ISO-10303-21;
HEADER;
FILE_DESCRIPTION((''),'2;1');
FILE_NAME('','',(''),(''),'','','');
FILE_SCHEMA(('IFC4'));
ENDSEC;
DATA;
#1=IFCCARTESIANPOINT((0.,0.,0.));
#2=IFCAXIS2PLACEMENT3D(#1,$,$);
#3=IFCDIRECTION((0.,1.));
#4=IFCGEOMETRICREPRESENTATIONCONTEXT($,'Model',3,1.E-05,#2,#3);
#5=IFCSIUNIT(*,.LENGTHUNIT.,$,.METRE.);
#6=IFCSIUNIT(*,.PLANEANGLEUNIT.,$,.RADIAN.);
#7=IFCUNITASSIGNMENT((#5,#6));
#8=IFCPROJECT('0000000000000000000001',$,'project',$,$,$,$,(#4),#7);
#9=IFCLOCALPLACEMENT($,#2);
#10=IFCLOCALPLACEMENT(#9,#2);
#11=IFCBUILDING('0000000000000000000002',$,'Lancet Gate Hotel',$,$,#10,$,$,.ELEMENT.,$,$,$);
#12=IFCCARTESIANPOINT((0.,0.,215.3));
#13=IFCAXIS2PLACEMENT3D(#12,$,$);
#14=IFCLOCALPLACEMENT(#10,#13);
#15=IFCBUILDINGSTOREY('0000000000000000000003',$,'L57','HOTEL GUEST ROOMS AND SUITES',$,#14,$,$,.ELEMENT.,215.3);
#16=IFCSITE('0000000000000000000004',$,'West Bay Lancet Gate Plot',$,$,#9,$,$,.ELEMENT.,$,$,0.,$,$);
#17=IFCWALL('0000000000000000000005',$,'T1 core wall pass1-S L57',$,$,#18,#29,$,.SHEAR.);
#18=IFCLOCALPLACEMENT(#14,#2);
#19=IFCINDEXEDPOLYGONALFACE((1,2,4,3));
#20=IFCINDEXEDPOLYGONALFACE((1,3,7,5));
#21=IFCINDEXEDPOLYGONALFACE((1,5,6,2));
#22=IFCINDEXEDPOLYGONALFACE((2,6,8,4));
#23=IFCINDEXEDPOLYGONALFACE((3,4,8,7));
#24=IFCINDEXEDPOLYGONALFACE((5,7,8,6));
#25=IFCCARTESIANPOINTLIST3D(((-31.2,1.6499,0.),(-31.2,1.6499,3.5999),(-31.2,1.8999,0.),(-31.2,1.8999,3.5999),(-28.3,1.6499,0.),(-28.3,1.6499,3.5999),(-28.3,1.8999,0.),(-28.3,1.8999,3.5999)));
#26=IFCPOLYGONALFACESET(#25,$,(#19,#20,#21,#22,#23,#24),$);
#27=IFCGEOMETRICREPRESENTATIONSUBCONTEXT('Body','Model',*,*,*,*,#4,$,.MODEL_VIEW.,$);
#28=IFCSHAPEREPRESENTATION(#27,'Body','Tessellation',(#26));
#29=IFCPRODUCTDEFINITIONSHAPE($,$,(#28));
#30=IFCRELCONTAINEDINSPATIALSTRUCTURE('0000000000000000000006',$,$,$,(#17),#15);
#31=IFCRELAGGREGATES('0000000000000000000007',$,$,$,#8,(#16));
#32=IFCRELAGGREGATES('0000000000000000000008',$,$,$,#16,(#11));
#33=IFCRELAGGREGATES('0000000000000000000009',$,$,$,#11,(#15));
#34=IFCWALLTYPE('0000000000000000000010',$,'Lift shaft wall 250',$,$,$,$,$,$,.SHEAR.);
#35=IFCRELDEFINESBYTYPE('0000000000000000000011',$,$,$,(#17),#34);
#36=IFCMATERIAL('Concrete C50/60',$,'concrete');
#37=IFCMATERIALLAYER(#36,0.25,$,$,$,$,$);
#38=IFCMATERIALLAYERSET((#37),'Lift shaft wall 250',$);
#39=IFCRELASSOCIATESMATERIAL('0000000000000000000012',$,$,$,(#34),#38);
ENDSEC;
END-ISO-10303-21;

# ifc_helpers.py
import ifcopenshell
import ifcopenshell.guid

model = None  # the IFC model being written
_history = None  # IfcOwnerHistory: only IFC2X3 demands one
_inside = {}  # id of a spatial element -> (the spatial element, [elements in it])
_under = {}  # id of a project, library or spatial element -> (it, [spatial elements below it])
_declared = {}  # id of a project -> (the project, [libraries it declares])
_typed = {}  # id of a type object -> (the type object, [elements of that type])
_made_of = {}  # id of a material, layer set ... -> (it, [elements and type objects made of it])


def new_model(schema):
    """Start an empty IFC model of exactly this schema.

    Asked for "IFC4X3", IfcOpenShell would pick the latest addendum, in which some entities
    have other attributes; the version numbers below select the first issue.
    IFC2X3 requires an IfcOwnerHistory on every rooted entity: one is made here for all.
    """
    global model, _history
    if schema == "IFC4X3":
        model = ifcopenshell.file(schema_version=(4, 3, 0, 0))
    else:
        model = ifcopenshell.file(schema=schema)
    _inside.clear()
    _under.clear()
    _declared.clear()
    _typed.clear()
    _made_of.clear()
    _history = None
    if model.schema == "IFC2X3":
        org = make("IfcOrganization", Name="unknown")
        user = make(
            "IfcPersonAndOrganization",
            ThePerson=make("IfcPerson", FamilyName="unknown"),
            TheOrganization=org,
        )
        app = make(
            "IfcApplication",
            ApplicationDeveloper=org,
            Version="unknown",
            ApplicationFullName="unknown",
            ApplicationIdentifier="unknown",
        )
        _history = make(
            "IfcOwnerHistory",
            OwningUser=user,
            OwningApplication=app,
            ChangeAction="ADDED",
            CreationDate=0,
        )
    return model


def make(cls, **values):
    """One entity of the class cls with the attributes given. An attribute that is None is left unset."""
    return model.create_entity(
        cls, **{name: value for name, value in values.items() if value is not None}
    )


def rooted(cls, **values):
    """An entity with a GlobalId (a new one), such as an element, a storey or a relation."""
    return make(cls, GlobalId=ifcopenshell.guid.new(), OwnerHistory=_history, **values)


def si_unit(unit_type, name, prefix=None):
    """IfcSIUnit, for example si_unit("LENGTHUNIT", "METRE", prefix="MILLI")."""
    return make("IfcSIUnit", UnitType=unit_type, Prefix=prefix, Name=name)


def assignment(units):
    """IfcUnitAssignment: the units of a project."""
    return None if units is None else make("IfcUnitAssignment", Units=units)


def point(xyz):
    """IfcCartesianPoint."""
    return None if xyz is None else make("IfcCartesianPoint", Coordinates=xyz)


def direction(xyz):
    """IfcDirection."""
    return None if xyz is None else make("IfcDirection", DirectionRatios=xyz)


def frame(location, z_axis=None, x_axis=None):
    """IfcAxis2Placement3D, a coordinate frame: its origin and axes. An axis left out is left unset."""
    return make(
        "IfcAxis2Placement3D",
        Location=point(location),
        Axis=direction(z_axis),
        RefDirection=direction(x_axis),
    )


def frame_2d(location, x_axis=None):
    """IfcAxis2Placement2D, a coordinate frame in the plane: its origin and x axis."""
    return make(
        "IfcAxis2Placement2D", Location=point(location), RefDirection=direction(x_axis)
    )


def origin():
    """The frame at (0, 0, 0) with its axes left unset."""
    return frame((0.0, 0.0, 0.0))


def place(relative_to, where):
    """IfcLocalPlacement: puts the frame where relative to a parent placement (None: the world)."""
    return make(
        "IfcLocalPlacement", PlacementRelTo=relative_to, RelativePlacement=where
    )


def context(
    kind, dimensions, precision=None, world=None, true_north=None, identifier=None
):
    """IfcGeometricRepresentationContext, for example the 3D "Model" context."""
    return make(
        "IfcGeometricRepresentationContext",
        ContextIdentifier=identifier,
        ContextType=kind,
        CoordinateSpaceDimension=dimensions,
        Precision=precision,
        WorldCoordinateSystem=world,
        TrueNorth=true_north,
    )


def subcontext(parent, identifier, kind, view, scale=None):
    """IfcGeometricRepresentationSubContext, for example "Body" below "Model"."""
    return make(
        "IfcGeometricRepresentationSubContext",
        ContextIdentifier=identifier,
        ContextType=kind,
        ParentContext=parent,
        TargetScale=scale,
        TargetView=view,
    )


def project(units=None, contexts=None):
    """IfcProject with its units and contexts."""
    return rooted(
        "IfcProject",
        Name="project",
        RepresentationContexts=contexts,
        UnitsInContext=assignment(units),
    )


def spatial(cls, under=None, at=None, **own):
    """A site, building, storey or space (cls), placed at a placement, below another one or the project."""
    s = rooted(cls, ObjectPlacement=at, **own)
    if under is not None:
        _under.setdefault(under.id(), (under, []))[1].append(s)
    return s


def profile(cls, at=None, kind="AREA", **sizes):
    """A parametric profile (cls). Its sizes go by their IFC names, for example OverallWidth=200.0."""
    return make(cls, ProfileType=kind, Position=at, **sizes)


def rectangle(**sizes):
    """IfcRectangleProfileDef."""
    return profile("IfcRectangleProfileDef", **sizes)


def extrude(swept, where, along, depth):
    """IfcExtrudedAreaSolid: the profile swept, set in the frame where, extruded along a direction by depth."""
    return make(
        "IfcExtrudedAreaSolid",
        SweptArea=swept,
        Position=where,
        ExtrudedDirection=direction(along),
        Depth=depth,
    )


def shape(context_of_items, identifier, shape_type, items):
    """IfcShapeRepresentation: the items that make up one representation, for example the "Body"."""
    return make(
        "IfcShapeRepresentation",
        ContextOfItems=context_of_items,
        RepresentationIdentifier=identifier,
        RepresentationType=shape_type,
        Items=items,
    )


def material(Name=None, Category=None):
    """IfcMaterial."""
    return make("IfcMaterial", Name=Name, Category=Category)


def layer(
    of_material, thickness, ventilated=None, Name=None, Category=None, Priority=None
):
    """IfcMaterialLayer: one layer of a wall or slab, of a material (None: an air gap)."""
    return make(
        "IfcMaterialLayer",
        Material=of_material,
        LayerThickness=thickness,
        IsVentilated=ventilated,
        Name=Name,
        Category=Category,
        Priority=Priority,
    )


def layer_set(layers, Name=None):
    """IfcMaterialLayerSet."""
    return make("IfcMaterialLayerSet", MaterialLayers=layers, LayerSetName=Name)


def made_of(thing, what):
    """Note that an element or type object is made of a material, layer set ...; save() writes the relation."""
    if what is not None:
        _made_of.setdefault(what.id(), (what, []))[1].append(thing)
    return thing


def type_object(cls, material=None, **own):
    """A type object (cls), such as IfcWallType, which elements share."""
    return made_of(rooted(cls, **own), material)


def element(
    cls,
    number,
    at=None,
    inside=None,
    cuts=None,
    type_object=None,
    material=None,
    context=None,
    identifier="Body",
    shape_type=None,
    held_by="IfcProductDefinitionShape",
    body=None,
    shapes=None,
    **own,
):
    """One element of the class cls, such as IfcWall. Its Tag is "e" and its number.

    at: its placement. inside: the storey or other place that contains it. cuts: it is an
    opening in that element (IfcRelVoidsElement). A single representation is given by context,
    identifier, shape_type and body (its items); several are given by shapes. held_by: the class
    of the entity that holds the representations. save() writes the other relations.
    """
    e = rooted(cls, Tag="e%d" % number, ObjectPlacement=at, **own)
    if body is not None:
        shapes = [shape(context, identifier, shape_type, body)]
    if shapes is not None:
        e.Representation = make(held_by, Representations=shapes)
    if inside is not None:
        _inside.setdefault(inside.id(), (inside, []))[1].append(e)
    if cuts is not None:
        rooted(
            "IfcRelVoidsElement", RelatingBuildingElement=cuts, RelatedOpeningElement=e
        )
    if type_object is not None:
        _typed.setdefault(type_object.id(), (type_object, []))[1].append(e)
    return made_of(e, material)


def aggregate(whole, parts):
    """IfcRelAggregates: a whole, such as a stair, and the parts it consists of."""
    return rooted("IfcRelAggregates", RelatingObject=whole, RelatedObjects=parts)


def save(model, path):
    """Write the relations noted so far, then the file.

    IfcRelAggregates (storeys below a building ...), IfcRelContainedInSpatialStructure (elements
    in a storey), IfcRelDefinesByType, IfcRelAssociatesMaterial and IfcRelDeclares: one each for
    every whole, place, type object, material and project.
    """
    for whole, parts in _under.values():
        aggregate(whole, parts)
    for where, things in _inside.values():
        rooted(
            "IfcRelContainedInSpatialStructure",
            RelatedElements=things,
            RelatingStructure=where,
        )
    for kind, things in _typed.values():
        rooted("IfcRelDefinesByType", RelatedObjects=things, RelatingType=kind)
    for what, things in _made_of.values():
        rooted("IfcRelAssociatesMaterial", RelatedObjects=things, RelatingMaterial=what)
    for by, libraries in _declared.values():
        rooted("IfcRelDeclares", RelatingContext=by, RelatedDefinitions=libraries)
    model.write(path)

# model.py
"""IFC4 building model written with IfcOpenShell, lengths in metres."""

from ifc_helpers import new_model, si_unit, direction, frame, frame_2d, origin, place, context, subcontext, project, spatial, rectangle, extrude, material, layer, layer_set, type_object, element, save


model = new_model("IFC4")

# Units and contexts
model_context = context("Model", 3, precision=1e-05, world=origin(), true_north=direction((0.0, 1.0)))
body_context = subcontext(model_context, "Body", "Model", "MODEL_VIEW")
ifc_project = project(units=[si_unit("LENGTHUNIT", "METRE"), si_unit("PLANEANGLEUNIT", "RADIAN")], contexts=[model_context])

# Site, building, storey
site_placement = place(None, origin())
site = spatial("IfcSite", under=ifc_project, at=site_placement, Name="West Bay Lancet Gate Plot", CompositionType="ELEMENT", RefElevation=0.0)
building_placement = place(site_placement, origin())
building = spatial("IfcBuilding", under=site, at=building_placement, Name="Lancet Gate Hotel", CompositionType="ELEMENT")
storey_placement = place(building_placement, frame((0.0, 0.0, 215.3)))
storey = spatial("IfcBuildingStorey", under=building, at=storey_placement, Name="L57", Description="HOTEL GUEST ROOMS AND SUITES", CompositionType="ELEMENT", Elevation=215.3)

# Wall
ifc_material_1 = material(Name="Concrete C50/60", Category="concrete")
ifc_layer_1 = layer(ifc_material_1, 0.25)
ifc_layer_set_1 = layer_set([ifc_layer_1], Name="Lift shaft wall 250")
wall_type_1 = type_object("IfcWallType", Name="Lift shaft wall 250", PredefinedType="SHEAR", material=ifc_layer_set_1)
wall_1_placement = place(storey_placement, frame((-28.3, 1.7749, 0.0), z_axis=(0.0, 0.0, 1.0), x_axis=(-1.0, 0.0, 0.0)))
element("IfcWall", 1, at=wall_1_placement, inside=storey, type_object=wall_type_1, Name="T1 core wall pass1-S L57", PredefinedType="SHEAR", context=body_context, shape_type="SweptSolid", body=[
    extrude(rectangle(XDim=2.8999, YDim=0.25, at=frame_2d((1.45, 0.0))), origin(), (0.0, 0.0, 1.0), 3.5999),
])

save(model, "model.ifc")
